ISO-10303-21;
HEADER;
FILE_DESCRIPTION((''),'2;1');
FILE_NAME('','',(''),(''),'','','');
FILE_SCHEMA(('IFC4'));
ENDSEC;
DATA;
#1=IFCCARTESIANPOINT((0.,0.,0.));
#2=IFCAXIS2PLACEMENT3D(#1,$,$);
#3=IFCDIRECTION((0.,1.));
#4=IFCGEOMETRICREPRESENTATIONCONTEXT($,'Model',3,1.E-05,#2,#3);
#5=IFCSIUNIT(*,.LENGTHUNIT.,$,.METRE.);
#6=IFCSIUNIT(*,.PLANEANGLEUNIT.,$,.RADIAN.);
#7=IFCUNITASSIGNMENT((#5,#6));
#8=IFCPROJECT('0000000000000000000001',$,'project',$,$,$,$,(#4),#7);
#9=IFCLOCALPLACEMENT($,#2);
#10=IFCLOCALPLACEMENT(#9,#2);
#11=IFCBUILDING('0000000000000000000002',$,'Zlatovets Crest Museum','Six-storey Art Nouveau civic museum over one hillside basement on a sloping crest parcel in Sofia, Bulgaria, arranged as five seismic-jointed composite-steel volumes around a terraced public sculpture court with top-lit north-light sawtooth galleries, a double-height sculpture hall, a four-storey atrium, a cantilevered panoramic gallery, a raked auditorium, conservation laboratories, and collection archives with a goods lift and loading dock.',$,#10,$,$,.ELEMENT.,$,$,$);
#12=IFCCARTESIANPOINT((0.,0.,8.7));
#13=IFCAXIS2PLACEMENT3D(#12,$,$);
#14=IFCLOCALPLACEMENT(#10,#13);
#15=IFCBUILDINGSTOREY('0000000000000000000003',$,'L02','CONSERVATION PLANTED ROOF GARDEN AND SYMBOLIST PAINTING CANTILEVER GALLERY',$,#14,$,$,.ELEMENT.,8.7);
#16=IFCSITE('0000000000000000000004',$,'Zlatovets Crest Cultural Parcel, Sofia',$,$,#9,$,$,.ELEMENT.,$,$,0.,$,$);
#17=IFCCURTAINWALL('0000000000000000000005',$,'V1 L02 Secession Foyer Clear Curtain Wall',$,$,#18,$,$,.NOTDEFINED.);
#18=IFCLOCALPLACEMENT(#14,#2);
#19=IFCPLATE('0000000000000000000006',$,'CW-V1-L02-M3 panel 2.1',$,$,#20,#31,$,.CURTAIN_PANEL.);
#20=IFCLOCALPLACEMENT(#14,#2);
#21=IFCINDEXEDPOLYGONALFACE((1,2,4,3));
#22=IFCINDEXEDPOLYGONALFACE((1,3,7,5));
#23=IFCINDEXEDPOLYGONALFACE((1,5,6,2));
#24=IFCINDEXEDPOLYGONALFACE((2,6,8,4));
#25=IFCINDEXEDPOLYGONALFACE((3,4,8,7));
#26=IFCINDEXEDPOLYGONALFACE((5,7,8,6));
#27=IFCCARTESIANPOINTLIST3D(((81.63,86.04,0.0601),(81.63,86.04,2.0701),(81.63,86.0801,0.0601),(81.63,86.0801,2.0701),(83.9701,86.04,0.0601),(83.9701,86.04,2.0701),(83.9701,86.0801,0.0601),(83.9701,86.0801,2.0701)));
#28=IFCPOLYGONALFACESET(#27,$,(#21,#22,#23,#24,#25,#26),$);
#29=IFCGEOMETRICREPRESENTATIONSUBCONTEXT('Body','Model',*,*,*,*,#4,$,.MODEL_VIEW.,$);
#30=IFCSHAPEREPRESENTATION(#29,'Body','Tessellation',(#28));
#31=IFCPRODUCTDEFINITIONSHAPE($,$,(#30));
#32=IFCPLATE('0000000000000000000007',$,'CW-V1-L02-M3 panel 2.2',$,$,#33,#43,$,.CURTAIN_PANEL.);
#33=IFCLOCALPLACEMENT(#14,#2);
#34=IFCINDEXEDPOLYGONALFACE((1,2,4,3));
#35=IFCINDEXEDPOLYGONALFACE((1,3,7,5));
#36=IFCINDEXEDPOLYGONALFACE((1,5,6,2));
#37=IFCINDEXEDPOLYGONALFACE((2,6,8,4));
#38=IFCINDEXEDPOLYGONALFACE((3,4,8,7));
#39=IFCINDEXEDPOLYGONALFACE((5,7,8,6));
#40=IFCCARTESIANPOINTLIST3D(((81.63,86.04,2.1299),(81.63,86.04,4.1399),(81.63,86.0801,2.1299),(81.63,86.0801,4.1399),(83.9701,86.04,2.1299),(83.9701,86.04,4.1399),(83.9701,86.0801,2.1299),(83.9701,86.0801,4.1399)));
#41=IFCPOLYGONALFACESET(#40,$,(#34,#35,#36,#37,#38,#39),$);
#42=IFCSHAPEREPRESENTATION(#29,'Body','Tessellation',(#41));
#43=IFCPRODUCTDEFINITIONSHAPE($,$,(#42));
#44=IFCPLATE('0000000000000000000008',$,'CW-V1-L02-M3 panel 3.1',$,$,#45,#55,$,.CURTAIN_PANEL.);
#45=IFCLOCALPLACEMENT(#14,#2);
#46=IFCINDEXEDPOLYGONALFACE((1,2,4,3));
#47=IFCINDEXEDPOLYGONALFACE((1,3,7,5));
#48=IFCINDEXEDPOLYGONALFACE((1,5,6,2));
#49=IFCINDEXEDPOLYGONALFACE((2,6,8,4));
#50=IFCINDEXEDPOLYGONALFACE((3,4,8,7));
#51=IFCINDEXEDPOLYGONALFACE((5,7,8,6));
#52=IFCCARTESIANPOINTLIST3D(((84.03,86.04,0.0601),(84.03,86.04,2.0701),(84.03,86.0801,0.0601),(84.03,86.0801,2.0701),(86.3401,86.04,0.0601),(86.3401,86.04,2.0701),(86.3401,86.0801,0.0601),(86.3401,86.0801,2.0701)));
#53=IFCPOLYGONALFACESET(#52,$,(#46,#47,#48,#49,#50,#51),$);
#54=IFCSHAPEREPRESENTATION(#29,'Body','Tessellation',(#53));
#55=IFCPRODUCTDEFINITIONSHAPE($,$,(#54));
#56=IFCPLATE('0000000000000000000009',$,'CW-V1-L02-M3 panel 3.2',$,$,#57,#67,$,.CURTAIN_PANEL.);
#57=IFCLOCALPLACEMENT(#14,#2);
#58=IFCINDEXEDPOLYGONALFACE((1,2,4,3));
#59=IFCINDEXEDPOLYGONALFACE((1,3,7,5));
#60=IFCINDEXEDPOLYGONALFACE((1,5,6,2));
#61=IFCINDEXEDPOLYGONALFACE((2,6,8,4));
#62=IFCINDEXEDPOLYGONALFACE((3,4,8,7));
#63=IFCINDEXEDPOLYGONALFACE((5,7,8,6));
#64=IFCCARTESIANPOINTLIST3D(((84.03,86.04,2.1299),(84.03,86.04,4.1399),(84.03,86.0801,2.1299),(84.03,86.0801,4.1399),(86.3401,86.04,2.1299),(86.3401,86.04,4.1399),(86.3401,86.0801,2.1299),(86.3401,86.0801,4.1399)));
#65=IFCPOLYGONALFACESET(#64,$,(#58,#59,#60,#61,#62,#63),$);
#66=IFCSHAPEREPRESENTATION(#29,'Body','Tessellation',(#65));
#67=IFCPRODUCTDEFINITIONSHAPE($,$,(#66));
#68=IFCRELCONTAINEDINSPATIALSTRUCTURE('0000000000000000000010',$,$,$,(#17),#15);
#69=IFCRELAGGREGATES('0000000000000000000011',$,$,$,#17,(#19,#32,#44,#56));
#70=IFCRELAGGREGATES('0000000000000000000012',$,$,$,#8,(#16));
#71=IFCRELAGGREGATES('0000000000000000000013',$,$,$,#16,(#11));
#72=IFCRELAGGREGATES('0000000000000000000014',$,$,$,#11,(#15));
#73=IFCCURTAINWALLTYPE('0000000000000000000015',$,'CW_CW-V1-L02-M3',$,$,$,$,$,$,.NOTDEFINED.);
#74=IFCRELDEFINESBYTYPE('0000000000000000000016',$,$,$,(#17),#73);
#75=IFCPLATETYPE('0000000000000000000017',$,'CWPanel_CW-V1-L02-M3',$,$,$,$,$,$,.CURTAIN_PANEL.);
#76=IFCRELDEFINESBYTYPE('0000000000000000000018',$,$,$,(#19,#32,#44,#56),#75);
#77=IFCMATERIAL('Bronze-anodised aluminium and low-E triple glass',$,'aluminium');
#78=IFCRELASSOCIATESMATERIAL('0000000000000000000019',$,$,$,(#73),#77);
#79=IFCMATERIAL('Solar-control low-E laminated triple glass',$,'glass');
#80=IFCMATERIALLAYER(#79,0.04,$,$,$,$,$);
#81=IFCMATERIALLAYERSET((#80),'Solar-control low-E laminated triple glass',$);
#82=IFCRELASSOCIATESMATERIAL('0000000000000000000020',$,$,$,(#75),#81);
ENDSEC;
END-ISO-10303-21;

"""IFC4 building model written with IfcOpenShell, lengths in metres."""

from ifc_helpers import new_model, si_unit, direction, frame, origin, origin_2d, place, context, subcontext, project, spatial, rectangle, extrude, material, layer, layer_set, type_object, element, aggregate, save


model = new_model("IFC4")

# Units and contexts
model_context = context("Model", 3, precision=1e-05, world=origin(), true_north=direction((0.0, 1.0)))
body_context = subcontext(model_context, "Body", "Model", "MODEL_VIEW")
ifc_project = project(units=[si_unit("LENGTHUNIT", "METRE"), si_unit("PLANEANGLEUNIT", "RADIAN")], contexts=[model_context])

# Site, building, storey
site_placement = place(None, origin())
site = spatial("IfcSite", under=ifc_project, at=site_placement, Name="Zlatovets Crest Cultural Parcel, Sofia", CompositionType="ELEMENT", RefElevation=0.0)
building_placement = place(site_placement, origin())
building = spatial("IfcBuilding", under=site, at=building_placement, Name="Zlatovets Crest Museum", Description="Six-storey Art Nouveau civic museum over one hillside basement on a sloping crest parcel in Sofia, Bulgaria, arranged as five seismic-jointed composite-steel volumes around a terraced public sculpture court with top-lit north-light sawtooth galleries, a double-height sculpture hall, a four-storey atrium, a cantilevered panoramic gallery, a raked auditorium, conservation laboratories, and collection archives with a goods lift and loading dock.", CompositionType="ELEMENT")
storey_placement = place(building_placement, frame((0.0, 0.0, 8.7)))
storey = spatial("IfcBuildingStorey", under=building, at=storey_placement, Name="L02", Description="CONSERVATION PLANTED ROOF GARDEN AND SYMBOLIST PAINTING CANTILEVER GALLERY", CompositionType="ELEMENT", Elevation=8.7)

# Curtain wall
ifc_material_1 = material(Name="Bronze-anodised aluminium and low-E triple glass", Category="aluminium")
curtain_wall_type_1 = type_object("IfcCurtainWallType", Name="CW_CW-V1-L02-M3", PredefinedType="NOTDEFINED", material=ifc_material_1)
curtain_wall_1_placement = place(storey_placement, origin())
curtain_wall_1 = element("IfcCurtainWall", 1, at=curtain_wall_1_placement, inside=storey, type_object=curtain_wall_type_1, Name="V1 L02 Secession Foyer Clear Curtain Wall", PredefinedType="NOTDEFINED")

# Plates
ifc_material_2 = material(Name="Solar-control low-E laminated triple glass", Category="glass")
ifc_layer_1 = layer(ifc_material_2, 0.04)
ifc_layer_set_1 = layer_set([ifc_layer_1], Name="Solar-control low-E laminated triple glass")
plate_type_1 = type_object("IfcPlateType", Name="CWPanel_CW-V1-L02-M3", PredefinedType="CURTAIN_PANEL", material=ifc_layer_set_1)
plate_1_placement = place(storey_placement, frame((82.8, 86.0601, 0.0601), z_axis=(0.0, 0.0, 1.0), x_axis=(1.0, 0.0, 0.0)))
plate_1 = element("IfcPlate", 2, at=plate_1_placement, type_object=plate_type_1, Name="CW-V1-L02-M3 panel 2.1", PredefinedType="CURTAIN_PANEL", context=body_context, shape_type="SweptSolid", body=[
    extrude(rectangle(XDim=2.3401, YDim=0.04, at=origin_2d()), origin(), (0.0, 0.0, 1.0), 2.01),
])
plate_2_placement = place(storey_placement, frame((82.8, 86.0601, 2.1299), z_axis=(0.0, 0.0, 1.0), x_axis=(1.0, 0.0, 0.0)))
plate_2 = element("IfcPlate", 3, at=plate_2_placement, type_object=plate_type_1, Name="CW-V1-L02-M3 panel 2.2", PredefinedType="CURTAIN_PANEL", context=body_context, shape_type="SweptSolid", body=[
    extrude(rectangle(XDim=2.3401, YDim=0.04, at=origin_2d()), origin(), (0.0, 0.0, 1.0), 2.01),
])
plate_3_placement = place(storey_placement, frame((85.1851, 86.0601, 0.0601), z_axis=(0.0, 0.0, 1.0), x_axis=(1.0, 0.0, 0.0)))
plate_3 = element("IfcPlate", 4, at=plate_3_placement, type_object=plate_type_1, Name="CW-V1-L02-M3 panel 3.1", PredefinedType="CURTAIN_PANEL", context=body_context, shape_type="SweptSolid", body=[
    extrude(rectangle(XDim=2.3101, YDim=0.04, at=origin_2d()), origin(), (0.0, 0.0, 1.0), 2.01),
])
plate_4_placement = place(storey_placement, frame((85.1851, 86.0601, 2.1299), z_axis=(0.0, 0.0, 1.0), x_axis=(1.0, 0.0, 0.0)))
plate_4 = element("IfcPlate", 5, at=plate_4_placement, type_object=plate_type_1, Name="CW-V1-L02-M3 panel 3.2", PredefinedType="CURTAIN_PANEL", context=body_context, shape_type="SweptSolid", body=[
    extrude(rectangle(XDim=2.3101, YDim=0.04, at=origin_2d()), origin(), (0.0, 0.0, 1.0), 2.01),
])
aggregate(curtain_wall_1, [plate_1, plate_2, plate_3, plate_4])

save(model, "model.ifc")
